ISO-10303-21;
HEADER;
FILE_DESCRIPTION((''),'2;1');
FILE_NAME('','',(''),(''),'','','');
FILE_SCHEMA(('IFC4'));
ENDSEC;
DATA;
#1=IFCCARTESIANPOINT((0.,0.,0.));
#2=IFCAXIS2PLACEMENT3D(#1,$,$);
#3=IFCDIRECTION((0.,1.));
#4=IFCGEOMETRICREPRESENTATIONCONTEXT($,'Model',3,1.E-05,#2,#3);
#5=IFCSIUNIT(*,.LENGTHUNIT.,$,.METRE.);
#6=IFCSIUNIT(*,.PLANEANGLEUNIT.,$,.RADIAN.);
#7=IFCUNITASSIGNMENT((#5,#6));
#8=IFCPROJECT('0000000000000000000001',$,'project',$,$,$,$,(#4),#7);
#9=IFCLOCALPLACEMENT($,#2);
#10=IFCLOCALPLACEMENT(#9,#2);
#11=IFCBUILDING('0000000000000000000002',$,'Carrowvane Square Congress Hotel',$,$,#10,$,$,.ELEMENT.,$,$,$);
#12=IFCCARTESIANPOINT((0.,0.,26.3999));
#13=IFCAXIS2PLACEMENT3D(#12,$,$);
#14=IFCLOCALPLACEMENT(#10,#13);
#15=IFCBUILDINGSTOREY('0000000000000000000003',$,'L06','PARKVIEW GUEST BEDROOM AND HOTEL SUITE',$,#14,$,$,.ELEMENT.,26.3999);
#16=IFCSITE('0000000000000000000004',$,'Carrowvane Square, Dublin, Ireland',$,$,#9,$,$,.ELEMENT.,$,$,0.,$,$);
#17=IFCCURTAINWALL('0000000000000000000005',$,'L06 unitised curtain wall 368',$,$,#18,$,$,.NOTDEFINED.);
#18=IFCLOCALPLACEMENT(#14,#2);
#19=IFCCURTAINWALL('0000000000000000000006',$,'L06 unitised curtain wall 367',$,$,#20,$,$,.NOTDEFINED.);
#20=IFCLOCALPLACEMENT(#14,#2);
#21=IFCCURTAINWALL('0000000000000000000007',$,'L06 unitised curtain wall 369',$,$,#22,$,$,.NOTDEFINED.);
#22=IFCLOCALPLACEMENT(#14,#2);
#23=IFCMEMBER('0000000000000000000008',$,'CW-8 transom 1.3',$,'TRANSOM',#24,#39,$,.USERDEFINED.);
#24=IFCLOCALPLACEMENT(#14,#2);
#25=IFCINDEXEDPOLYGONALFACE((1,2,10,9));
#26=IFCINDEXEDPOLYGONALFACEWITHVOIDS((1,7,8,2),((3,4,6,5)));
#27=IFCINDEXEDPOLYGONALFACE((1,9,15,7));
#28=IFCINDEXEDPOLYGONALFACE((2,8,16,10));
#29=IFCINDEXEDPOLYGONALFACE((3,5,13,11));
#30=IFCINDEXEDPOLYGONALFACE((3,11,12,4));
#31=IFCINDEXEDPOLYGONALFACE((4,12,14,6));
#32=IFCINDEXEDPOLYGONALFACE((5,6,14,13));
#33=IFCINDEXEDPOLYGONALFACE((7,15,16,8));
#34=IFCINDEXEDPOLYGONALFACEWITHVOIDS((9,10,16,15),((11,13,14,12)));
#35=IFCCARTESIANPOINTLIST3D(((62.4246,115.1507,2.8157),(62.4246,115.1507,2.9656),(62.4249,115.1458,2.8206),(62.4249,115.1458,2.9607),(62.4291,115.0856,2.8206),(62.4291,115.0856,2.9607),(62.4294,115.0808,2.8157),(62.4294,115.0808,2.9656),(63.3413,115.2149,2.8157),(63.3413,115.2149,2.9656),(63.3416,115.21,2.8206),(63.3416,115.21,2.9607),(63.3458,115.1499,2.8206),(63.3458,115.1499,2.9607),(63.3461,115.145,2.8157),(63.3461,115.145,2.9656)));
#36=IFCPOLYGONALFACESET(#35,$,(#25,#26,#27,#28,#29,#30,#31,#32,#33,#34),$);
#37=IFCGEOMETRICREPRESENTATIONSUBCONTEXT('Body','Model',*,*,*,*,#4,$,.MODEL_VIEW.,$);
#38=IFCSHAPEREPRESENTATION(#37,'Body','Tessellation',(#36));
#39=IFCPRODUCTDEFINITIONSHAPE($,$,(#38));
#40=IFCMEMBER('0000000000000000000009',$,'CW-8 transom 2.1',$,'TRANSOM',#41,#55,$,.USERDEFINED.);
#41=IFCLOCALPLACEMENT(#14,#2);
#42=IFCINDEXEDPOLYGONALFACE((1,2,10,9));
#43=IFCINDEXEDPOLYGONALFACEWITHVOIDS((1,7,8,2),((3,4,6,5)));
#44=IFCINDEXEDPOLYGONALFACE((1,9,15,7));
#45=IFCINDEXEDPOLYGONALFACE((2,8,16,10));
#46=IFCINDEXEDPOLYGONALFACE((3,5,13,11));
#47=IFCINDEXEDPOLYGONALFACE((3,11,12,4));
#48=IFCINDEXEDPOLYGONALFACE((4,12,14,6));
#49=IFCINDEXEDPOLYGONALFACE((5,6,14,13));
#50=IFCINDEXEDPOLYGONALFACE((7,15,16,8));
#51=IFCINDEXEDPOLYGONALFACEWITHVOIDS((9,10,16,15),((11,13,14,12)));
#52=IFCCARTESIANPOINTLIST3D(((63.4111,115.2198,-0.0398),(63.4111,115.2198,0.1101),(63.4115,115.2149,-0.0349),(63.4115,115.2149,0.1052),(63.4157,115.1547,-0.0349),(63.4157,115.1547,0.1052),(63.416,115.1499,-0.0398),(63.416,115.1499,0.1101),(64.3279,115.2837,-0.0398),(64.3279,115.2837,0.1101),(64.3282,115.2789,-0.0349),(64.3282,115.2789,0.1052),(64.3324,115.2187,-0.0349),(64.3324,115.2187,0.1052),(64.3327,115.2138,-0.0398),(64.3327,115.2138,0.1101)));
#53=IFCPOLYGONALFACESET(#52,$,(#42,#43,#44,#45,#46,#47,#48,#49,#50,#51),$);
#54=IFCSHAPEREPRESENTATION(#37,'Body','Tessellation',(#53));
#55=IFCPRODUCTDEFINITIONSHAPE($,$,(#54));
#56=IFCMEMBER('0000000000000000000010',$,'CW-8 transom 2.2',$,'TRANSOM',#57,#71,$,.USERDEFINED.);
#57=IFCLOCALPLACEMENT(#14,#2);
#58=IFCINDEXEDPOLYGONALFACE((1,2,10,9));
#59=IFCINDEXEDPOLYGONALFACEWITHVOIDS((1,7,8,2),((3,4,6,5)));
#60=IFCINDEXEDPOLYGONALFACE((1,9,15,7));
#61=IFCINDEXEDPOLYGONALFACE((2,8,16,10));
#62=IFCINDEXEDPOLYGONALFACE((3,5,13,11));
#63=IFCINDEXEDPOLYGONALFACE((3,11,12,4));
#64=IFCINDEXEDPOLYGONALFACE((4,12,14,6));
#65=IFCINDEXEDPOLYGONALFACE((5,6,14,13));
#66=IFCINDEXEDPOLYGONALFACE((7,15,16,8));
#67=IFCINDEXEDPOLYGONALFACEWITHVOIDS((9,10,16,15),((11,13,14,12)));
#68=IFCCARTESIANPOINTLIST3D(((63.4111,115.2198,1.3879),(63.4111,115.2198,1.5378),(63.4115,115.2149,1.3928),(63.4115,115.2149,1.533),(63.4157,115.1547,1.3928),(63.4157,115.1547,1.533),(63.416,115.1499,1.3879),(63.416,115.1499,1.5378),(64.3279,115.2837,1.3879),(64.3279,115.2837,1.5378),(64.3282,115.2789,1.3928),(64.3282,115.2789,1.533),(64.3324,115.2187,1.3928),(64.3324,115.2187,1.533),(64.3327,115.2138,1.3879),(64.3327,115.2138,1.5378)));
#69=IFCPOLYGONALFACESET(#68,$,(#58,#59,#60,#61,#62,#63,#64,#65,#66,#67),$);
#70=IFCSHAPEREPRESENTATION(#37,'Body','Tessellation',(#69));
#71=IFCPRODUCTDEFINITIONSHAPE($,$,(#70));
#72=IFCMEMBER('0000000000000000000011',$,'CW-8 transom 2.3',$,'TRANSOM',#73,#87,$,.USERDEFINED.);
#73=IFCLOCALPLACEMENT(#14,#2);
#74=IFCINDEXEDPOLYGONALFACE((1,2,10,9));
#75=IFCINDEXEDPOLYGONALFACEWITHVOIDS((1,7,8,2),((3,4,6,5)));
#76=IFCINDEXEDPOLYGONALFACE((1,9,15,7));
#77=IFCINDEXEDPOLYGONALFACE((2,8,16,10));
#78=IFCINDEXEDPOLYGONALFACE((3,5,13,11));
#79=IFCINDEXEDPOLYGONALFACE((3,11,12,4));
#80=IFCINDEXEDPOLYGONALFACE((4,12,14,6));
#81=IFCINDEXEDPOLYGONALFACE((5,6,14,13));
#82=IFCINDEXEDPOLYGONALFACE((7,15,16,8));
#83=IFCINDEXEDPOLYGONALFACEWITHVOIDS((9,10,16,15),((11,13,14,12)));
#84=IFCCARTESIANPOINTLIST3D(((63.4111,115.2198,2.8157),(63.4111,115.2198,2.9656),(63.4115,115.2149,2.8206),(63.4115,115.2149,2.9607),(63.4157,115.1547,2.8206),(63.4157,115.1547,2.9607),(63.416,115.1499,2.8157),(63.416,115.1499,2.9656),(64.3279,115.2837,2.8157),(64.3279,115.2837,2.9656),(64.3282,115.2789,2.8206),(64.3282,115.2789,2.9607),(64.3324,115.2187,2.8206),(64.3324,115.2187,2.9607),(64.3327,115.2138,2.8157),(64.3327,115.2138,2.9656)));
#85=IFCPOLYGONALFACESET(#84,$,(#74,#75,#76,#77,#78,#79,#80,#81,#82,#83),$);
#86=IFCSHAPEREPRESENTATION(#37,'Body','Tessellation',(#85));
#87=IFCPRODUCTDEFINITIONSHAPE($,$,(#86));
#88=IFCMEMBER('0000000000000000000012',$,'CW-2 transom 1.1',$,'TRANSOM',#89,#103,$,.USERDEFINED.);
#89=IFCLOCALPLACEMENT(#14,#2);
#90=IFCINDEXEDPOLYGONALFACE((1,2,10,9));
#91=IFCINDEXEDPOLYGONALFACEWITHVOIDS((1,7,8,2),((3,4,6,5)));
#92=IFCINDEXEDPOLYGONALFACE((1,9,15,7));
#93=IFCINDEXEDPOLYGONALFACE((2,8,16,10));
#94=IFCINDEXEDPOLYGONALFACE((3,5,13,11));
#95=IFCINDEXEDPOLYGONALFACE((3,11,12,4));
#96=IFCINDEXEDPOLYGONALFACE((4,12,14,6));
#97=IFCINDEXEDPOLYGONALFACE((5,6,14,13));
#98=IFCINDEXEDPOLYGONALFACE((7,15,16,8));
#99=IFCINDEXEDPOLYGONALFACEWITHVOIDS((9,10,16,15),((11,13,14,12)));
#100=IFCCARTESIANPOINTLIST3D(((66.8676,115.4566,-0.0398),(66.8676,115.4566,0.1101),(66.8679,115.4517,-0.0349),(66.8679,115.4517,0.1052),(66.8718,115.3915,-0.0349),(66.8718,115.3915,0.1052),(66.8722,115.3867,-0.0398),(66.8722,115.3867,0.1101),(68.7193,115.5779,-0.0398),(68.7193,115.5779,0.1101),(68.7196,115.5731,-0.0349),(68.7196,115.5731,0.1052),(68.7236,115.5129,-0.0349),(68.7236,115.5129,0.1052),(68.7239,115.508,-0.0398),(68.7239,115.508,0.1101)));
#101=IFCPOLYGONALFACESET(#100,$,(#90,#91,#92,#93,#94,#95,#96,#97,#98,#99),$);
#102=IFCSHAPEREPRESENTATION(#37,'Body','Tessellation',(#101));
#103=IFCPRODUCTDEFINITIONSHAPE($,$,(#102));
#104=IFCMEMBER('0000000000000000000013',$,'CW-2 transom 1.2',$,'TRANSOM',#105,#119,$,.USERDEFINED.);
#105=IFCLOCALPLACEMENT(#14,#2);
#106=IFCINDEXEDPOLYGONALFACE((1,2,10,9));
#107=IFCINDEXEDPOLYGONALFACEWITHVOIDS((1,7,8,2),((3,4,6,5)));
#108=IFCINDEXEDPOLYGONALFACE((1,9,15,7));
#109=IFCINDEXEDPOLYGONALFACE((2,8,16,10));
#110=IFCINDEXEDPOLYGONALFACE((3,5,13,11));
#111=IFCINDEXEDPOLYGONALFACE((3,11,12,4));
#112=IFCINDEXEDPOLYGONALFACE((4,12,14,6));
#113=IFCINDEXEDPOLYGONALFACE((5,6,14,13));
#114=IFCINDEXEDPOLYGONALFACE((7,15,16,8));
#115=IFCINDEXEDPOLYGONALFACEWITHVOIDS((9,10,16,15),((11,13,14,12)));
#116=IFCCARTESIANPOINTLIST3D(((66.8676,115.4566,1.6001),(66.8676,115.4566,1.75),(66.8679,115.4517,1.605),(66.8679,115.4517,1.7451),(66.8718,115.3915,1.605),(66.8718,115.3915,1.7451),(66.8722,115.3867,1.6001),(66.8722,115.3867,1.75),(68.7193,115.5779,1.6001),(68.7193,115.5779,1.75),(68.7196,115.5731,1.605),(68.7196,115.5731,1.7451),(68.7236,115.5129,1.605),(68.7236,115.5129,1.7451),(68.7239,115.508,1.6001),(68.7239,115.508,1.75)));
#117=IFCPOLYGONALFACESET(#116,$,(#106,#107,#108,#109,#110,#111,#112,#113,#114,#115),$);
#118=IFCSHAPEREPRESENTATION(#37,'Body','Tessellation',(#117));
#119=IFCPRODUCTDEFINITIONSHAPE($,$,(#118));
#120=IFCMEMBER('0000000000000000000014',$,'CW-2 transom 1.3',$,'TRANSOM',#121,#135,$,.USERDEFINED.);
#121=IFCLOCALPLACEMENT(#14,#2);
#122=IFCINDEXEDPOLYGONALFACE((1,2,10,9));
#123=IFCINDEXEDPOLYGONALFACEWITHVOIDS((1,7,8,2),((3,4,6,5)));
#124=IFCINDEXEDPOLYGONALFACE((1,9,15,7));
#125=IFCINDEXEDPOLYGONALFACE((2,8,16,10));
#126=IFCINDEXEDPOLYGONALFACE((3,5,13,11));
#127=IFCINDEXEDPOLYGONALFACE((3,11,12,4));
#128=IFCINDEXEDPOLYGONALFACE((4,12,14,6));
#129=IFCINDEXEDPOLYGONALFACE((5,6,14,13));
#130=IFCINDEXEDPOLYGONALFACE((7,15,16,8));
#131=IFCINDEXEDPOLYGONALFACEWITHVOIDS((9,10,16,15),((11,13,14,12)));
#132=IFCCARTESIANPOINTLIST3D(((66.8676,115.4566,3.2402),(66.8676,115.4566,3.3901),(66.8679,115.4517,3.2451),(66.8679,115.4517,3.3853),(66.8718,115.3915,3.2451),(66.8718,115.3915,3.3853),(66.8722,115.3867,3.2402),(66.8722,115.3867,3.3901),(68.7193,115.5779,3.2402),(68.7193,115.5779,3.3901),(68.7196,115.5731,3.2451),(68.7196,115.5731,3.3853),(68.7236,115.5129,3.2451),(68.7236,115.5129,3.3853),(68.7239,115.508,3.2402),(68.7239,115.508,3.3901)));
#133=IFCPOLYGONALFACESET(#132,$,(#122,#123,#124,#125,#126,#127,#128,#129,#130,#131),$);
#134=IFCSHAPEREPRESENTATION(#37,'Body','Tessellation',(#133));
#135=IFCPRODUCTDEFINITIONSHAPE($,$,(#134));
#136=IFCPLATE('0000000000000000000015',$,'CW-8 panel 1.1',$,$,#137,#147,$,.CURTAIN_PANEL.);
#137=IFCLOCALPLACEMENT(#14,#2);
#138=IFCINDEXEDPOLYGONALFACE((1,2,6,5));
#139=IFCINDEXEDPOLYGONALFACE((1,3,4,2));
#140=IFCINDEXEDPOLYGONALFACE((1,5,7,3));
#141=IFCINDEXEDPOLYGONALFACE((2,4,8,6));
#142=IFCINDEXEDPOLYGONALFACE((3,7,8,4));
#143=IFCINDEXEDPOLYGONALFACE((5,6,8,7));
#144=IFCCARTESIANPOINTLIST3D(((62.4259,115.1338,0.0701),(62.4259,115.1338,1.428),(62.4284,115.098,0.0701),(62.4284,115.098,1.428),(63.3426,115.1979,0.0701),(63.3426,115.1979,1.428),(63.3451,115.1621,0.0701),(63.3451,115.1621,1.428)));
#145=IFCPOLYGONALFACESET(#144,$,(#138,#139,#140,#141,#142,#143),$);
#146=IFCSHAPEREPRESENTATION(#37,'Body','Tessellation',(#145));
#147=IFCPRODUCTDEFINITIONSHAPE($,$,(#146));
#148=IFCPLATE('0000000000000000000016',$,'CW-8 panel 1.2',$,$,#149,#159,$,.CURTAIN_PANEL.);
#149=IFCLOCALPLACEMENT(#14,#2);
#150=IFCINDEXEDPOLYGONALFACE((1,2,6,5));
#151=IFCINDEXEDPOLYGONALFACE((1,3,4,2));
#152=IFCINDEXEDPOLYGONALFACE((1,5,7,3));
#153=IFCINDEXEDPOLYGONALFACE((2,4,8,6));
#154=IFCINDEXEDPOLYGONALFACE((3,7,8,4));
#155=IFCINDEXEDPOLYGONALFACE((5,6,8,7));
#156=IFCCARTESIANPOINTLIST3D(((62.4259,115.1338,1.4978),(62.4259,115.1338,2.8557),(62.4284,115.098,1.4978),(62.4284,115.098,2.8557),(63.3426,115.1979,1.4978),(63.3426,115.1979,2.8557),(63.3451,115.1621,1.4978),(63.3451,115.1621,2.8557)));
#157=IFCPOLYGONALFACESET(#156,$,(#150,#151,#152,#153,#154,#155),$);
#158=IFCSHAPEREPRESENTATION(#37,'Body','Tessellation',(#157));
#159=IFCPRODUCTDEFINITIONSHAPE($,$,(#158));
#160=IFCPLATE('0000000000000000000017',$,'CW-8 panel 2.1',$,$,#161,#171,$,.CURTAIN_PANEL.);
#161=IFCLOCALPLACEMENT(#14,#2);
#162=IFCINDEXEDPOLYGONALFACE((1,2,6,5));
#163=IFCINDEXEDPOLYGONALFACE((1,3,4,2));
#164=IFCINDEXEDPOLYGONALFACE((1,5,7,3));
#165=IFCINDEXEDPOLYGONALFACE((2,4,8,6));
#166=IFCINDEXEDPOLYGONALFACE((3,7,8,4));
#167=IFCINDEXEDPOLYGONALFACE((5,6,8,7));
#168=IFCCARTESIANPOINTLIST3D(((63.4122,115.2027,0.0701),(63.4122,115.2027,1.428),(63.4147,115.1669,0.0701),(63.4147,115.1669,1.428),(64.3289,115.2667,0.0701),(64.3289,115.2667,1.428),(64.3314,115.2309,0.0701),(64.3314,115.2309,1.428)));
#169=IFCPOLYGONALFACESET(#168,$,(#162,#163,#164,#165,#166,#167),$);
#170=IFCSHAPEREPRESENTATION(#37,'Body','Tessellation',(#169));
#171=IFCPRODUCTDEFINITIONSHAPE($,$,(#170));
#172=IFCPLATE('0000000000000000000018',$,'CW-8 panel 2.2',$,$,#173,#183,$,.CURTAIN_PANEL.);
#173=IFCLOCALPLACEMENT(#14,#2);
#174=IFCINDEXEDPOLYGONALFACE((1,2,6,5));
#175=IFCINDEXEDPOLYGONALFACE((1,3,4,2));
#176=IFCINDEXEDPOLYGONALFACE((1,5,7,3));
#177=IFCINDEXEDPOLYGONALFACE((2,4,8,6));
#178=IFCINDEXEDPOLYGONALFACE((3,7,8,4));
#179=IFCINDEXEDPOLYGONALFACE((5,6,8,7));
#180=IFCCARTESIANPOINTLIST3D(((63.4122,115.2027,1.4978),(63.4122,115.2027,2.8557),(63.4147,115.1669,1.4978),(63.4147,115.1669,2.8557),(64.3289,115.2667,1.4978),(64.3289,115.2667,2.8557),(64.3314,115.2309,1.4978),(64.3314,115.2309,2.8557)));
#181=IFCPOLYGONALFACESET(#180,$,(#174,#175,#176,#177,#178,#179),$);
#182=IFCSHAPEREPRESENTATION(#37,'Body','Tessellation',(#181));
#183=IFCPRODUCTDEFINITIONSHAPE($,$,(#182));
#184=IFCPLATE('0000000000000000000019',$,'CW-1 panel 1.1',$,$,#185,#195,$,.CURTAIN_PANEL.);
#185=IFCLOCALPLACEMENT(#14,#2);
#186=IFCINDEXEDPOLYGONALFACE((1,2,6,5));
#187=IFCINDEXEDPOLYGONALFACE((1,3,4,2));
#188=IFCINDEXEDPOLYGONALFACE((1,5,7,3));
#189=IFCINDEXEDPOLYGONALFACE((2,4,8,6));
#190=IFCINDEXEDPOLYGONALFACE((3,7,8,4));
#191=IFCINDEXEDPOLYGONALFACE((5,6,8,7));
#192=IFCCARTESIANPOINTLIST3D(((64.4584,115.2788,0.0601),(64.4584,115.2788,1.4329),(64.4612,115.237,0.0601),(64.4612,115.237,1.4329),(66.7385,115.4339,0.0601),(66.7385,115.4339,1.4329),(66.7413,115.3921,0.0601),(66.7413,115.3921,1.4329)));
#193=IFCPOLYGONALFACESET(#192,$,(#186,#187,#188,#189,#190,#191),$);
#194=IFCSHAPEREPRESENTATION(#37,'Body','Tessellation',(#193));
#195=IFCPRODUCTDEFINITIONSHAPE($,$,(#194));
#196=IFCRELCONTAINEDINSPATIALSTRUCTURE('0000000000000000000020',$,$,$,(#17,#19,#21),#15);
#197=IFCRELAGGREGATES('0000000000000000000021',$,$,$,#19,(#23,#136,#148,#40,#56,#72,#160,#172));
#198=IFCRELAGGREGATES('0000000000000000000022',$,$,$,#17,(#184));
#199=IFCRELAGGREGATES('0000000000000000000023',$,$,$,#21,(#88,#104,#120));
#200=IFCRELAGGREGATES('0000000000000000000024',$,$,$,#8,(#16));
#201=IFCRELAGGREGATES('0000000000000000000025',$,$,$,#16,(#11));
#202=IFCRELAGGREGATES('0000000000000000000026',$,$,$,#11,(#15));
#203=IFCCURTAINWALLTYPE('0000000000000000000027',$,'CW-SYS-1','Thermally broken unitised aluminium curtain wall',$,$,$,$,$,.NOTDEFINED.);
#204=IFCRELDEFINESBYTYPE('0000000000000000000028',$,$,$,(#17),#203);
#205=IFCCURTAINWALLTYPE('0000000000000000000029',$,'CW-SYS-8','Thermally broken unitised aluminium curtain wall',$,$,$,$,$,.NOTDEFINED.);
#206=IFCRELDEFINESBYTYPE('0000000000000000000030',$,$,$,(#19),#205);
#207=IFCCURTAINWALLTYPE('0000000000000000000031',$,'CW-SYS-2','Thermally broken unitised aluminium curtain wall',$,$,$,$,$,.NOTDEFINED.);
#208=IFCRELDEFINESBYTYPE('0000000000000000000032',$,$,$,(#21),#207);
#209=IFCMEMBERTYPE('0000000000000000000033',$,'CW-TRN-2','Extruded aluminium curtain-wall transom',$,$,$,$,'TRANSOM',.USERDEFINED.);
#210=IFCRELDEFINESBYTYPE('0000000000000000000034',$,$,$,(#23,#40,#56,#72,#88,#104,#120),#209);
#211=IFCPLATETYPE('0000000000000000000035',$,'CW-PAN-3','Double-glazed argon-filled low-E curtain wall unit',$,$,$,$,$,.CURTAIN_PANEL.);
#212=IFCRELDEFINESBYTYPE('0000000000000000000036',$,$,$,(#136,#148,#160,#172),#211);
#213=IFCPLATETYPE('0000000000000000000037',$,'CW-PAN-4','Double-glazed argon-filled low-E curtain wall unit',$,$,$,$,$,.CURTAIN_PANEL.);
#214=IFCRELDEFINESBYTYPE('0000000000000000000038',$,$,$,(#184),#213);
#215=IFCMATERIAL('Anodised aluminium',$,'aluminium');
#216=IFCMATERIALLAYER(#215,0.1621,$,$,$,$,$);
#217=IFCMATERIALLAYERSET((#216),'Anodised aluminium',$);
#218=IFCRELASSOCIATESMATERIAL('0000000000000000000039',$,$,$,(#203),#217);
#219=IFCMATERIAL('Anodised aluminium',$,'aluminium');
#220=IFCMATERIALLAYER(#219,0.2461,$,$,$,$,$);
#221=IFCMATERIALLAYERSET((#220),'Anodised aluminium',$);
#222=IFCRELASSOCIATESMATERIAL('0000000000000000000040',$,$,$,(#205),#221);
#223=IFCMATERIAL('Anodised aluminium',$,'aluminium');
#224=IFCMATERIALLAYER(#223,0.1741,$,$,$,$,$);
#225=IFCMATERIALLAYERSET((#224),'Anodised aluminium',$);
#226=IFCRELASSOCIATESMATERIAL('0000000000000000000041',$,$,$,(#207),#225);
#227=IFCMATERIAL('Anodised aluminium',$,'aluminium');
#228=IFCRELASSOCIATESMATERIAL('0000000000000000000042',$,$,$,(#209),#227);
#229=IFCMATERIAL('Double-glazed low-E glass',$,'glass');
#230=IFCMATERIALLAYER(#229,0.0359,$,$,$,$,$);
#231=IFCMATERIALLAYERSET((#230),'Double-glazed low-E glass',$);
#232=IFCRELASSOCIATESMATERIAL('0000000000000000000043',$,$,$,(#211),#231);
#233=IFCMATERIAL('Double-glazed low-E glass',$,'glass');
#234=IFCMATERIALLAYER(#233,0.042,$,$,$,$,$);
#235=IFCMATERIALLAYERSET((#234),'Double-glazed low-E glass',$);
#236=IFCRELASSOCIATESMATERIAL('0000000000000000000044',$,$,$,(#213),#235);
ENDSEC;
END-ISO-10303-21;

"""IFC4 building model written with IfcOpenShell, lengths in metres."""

from ifc_helpers import new_model, si_unit, direction, frame, origin, origin_2d, place, context, subcontext, project, spatial, rectangle, hollow_rectangle, extrude, material, layer, layer_set, material_profile, profile_set, type_object, element, aggregate, save


model = new_model("IFC4")

# Units and contexts
model_context = context("Model", 3, precision=1e-05, world=origin(), true_north=direction((0.0, 1.0)))
body_context = subcontext(model_context, "Body", "Model", "MODEL_VIEW")
ifc_project = project(units=[si_unit("LENGTHUNIT", "METRE"), si_unit("PLANEANGLEUNIT", "RADIAN")], contexts=[model_context])

# Site, building, storey
site_placement = place(None, origin())
site = spatial("IfcSite", under=ifc_project, at=site_placement, Name="Carrowvane Square, Dublin, Ireland", CompositionType="ELEMENT", RefElevation=0.0)
building_placement = place(site_placement, origin())
building = spatial("IfcBuilding", under=site, at=building_placement, Name="Carrowvane Square Congress Hotel", CompositionType="ELEMENT")
storey_placement = place(building_placement, frame((0.0, 0.0, 26.3999)))
storey = spatial("IfcBuildingStorey", under=building, at=storey_placement, Name="L06", Description="PARKVIEW GUEST BEDROOM AND HOTEL SUITE", CompositionType="ELEMENT", Elevation=26.3999)

# Curtain wall
ifc_material_1 = material(Name="Anodised aluminium", Category="aluminium")
ifc_layer_1 = layer(ifc_material_1, 0.1621)
ifc_layer_set_1 = layer_set([ifc_layer_1], Name="Anodised aluminium")
curtain_wall_type_1 = type_object("IfcCurtainWallType", Name="CW-SYS-1", Description="Thermally broken unitised aluminium curtain wall", PredefinedType="NOTDEFINED", material=ifc_layer_set_1)
curtain_wall_1_placement = place(storey_placement, origin())
curtain_wall_1 = element("IfcCurtainWall", 1, at=curtain_wall_1_placement, inside=storey, type_object=curtain_wall_type_1, Name="L06 unitised curtain wall 368", PredefinedType="NOTDEFINED")

# Curtain walls
ifc_material_2 = material(Name="Anodised aluminium", Category="aluminium")
ifc_layer_2 = layer(ifc_material_2, 0.2461)
ifc_layer_set_2 = layer_set([ifc_layer_2], Name="Anodised aluminium")
curtain_wall_type_2 = type_object("IfcCurtainWallType", Name="CW-SYS-8", Description="Thermally broken unitised aluminium curtain wall", PredefinedType="NOTDEFINED", material=ifc_layer_set_2)
curtain_wall_2_placement = place(storey_placement, origin())
curtain_wall_2 = element("IfcCurtainWall", 2, at=curtain_wall_2_placement, inside=storey, type_object=curtain_wall_type_2, Name="L06 unitised curtain wall 367", PredefinedType="NOTDEFINED")
ifc_material_3 = material(Name="Anodised aluminium", Category="aluminium")
ifc_layer_3 = layer(ifc_material_3, 0.1741)
ifc_layer_set_3 = layer_set([ifc_layer_3], Name="Anodised aluminium")
curtain_wall_type_3 = type_object("IfcCurtainWallType", Name="CW-SYS-2", Description="Thermally broken unitised aluminium curtain wall", PredefinedType="NOTDEFINED", material=ifc_layer_set_3)
curtain_wall_3_placement = place(storey_placement, origin())
curtain_wall_3 = element("IfcCurtainWall", 3, at=curtain_wall_3_placement, inside=storey, type_object=curtain_wall_type_3, Name="L06 unitised curtain wall 369", PredefinedType="NOTDEFINED")

# Members
ifc_material_4 = material(Name="Anodised aluminium", Category="aluminium")
ifc_material_profile_1 = material_profile(ifc_material_4, hollow_rectangle(XDim=0.0701, YDim=0.1499, WallThickness=0.0049, at=origin_2d()), Name="CW-TR 70x150x5")
ifc_profile_set_1 = profile_set([ifc_material_profile_1], Name="Anodised aluminium")
member_type_1 = type_object("IfcMemberType", Name="CW-TRN-2", Description="Extruded aluminium curtain-wall transom", ElementType="TRANSOM", PredefinedType="USERDEFINED", material=ifc_profile_set_1)
member_1_placement = place(storey_placement, frame((62.427, 115.1157, 2.8906), z_axis=(0.997556, 0.069869, 0.0), x_axis=(-0.069869, 0.997556, 0.0)))
member_1 = element("IfcMember", 4, at=member_1_placement, type_object=member_type_1, Name="CW-8 transom 1.3", ObjectType="TRANSOM", PredefinedType="USERDEFINED", context=body_context, shape_type="SweptSolid", body=[
    extrude(hollow_rectangle(XDim=0.0701, YDim=0.1499, WallThickness=0.0049, at=origin_2d()), origin(), (0.0, 0.0, 1.0), 0.9189),
])
member_2_placement = place(storey_placement, frame((63.4136, 115.1848, 0.0352), z_axis=(0.997575, 0.069604, 0.0), x_axis=(-0.069604, 0.997575, 0.0)))
member_2 = element("IfcMember", 5, at=member_2_placement, type_object=member_type_1, Name="CW-8 transom 2.1", ObjectType="TRANSOM", PredefinedType="USERDEFINED", context=body_context, shape_type="SweptSolid", body=[
    extrude(hollow_rectangle(XDim=0.0701, YDim=0.1499, WallThickness=0.0049, at=origin_2d()), origin(), (0.0, 0.0, 1.0), 0.9189),
])
member_3_placement = place(storey_placement, frame((63.4136, 115.1848, 1.4629), z_axis=(0.997575, 0.069604, 0.0), x_axis=(-0.069604, 0.997575, 0.0)))
member_3 = element("IfcMember", 6, at=member_3_placement, type_object=member_type_1, Name="CW-8 transom 2.2", ObjectType="TRANSOM", PredefinedType="USERDEFINED", context=body_context, shape_type="SweptSolid", body=[
    extrude(hollow_rectangle(XDim=0.0701, YDim=0.1499, WallThickness=0.0049, at=origin_2d()), origin(), (0.0, 0.0, 1.0), 0.9189),
])
member_4_placement = place(storey_placement, frame((63.4136, 115.1848, 2.8906), z_axis=(0.997575, 0.069604, 0.0), x_axis=(-0.069604, 0.997575, 0.0)))
member_4 = element("IfcMember", 7, at=member_4_placement, type_object=member_type_1, Name="CW-8 transom 2.3", ObjectType="TRANSOM", PredefinedType="USERDEFINED", context=body_context, shape_type="SweptSolid", body=[
    extrude(hollow_rectangle(XDim=0.0701, YDim=0.1499, WallThickness=0.0049, at=origin_2d()), origin(), (0.0, 0.0, 1.0), 0.9189),
])
member_5_placement = place(storey_placement, frame((66.8699, 115.4216, 0.0352), z_axis=(0.99786, 0.065384, 0.0), x_axis=(-0.065384, 0.99786, 0.0)))
member_5 = element("IfcMember", 8, at=member_5_placement, type_object=member_type_1, Name="CW-2 transom 1.1", ObjectType="TRANSOM", PredefinedType="USERDEFINED", context=body_context, shape_type="SweptSolid", body=[
    extrude(hollow_rectangle(XDim=0.0701, YDim=0.1499, WallThickness=0.0049, at=origin_2d()), origin(), (0.0, 0.0, 1.0), 1.8557),
])
member_6_placement = place(storey_placement, frame((66.8699, 115.4216, 1.675), z_axis=(0.99786, 0.065384, 0.0), x_axis=(-0.065384, 0.99786, 0.0)))
member_6 = element("IfcMember", 9, at=member_6_placement, type_object=member_type_1, Name="CW-2 transom 1.2", ObjectType="TRANSOM", PredefinedType="USERDEFINED", context=body_context, shape_type="SweptSolid", body=[
    extrude(hollow_rectangle(XDim=0.0701, YDim=0.1499, WallThickness=0.0049, at=origin_2d()), origin(), (0.0, 0.0, 1.0), 1.8557),
])
member_7_placement = place(storey_placement, frame((66.8699, 115.4216, 3.3152), z_axis=(0.99786, 0.065384, 0.0), x_axis=(-0.065384, 0.99786, 0.0)))
member_7 = element("IfcMember", 10, at=member_7_placement, type_object=member_type_1, Name="CW-2 transom 1.3", ObjectType="TRANSOM", PredefinedType="USERDEFINED", context=body_context, shape_type="SweptSolid", body=[
    extrude(hollow_rectangle(XDim=0.0701, YDim=0.1499, WallThickness=0.0049, at=origin_2d()), origin(), (0.0, 0.0, 1.0), 1.8557),
])

# Plates
ifc_material_5 = material(Name="Double-glazed low-E glass", Category="glass")
ifc_layer_4 = layer(ifc_material_5, 0.0359)
ifc_layer_set_4 = layer_set([ifc_layer_4], Name="Double-glazed low-E glass")
plate_type_1 = type_object("IfcPlateType", Name="CW-PAN-3", Description="Double-glazed argon-filled low-E curtain wall unit", PredefinedType="CURTAIN_PANEL", material=ifc_layer_set_4)
plate_1_placement = place(storey_placement, frame((62.8855, 115.1479, 0.0701), z_axis=(0.0, 0.0, 1.0), x_axis=(0.997566, 0.069724, 0.0)))
plate_1 = element("IfcPlate", 11, at=plate_1_placement, type_object=plate_type_1, Name="CW-8 panel 1.1", PredefinedType="CURTAIN_PANEL", context=body_context, shape_type="SweptSolid", body=[
    extrude(rectangle(XDim=0.9189, YDim=0.0359, at=origin_2d()), origin(), (0.0, 0.0, 1.0), 1.3579),
])
plate_2_placement = place(storey_placement, frame((62.8855, 115.1479, 1.4978), z_axis=(0.0, 0.0, 1.0), x_axis=(0.997566, 0.069724, 0.0)))
plate_2 = element("IfcPlate", 12, at=plate_2_placement, type_object=plate_type_1, Name="CW-8 panel 1.2", PredefinedType="CURTAIN_PANEL", context=body_context, shape_type="SweptSolid", body=[
    extrude(rectangle(XDim=0.9189, YDim=0.0359, at=origin_2d()), origin(), (0.0, 0.0, 1.0), 1.3579),
])
plate_3_placement = place(storey_placement, frame((63.8718, 115.2168, 0.0701), z_axis=(0.0, 0.0, 1.0), x_axis=(0.997566, 0.069724, 0.0)))
plate_3 = element("IfcPlate", 13, at=plate_3_placement, type_object=plate_type_1, Name="CW-8 panel 2.1", PredefinedType="CURTAIN_PANEL", context=body_context, shape_type="SweptSolid", body=[
    extrude(rectangle(XDim=0.9189, YDim=0.0359, at=origin_2d()), origin(), (0.0, 0.0, 1.0), 1.3579),
])
plate_4_placement = place(storey_placement, frame((63.8718, 115.2168, 1.4978), z_axis=(0.0, 0.0, 1.0), x_axis=(0.997566, 0.069724, 0.0)))
plate_4 = element("IfcPlate", 14, at=plate_4_placement, type_object=plate_type_1, Name="CW-8 panel 2.2", PredefinedType="CURTAIN_PANEL", context=body_context, shape_type="SweptSolid", body=[
    extrude(rectangle(XDim=0.9189, YDim=0.0359, at=origin_2d()), origin(), (0.0, 0.0, 1.0), 1.3579),
])
aggregate(curtain_wall_2, [member_1, plate_1, plate_2, member_2, member_3, member_4, plate_3, plate_4])
ifc_material_6 = material(Name="Double-glazed low-E glass", Category="glass")
ifc_layer_5 = layer(ifc_material_6, 0.042)
ifc_layer_set_5 = layer_set([ifc_layer_5], Name="Double-glazed low-E glass")
plate_type_2 = type_object("IfcPlateType", Name="CW-PAN-4", Description="Double-glazed argon-filled low-E curtain wall unit", PredefinedType="CURTAIN_PANEL", material=ifc_layer_set_5)
plate_5_placement = place(storey_placement, frame((65.5999, 115.3354, 0.0601), z_axis=(0.0, 0.0, 1.0), x_axis=(0.997694, 0.067865, 0.0)))
plate_5 = element("IfcPlate", 15, at=plate_5_placement, type_object=plate_type_2, Name="CW-1 panel 1.1", PredefinedType="CURTAIN_PANEL", context=body_context, shape_type="SweptSolid", body=[
    extrude(rectangle(XDim=2.2854, YDim=0.042, at=origin_2d()), origin(), (0.0, 0.0, 1.0), 1.3728),
])
aggregate(curtain_wall_1, [plate_5])
aggregate(curtain_wall_3, [member_5, member_6, member_7])

save(model, "model.ifc")
